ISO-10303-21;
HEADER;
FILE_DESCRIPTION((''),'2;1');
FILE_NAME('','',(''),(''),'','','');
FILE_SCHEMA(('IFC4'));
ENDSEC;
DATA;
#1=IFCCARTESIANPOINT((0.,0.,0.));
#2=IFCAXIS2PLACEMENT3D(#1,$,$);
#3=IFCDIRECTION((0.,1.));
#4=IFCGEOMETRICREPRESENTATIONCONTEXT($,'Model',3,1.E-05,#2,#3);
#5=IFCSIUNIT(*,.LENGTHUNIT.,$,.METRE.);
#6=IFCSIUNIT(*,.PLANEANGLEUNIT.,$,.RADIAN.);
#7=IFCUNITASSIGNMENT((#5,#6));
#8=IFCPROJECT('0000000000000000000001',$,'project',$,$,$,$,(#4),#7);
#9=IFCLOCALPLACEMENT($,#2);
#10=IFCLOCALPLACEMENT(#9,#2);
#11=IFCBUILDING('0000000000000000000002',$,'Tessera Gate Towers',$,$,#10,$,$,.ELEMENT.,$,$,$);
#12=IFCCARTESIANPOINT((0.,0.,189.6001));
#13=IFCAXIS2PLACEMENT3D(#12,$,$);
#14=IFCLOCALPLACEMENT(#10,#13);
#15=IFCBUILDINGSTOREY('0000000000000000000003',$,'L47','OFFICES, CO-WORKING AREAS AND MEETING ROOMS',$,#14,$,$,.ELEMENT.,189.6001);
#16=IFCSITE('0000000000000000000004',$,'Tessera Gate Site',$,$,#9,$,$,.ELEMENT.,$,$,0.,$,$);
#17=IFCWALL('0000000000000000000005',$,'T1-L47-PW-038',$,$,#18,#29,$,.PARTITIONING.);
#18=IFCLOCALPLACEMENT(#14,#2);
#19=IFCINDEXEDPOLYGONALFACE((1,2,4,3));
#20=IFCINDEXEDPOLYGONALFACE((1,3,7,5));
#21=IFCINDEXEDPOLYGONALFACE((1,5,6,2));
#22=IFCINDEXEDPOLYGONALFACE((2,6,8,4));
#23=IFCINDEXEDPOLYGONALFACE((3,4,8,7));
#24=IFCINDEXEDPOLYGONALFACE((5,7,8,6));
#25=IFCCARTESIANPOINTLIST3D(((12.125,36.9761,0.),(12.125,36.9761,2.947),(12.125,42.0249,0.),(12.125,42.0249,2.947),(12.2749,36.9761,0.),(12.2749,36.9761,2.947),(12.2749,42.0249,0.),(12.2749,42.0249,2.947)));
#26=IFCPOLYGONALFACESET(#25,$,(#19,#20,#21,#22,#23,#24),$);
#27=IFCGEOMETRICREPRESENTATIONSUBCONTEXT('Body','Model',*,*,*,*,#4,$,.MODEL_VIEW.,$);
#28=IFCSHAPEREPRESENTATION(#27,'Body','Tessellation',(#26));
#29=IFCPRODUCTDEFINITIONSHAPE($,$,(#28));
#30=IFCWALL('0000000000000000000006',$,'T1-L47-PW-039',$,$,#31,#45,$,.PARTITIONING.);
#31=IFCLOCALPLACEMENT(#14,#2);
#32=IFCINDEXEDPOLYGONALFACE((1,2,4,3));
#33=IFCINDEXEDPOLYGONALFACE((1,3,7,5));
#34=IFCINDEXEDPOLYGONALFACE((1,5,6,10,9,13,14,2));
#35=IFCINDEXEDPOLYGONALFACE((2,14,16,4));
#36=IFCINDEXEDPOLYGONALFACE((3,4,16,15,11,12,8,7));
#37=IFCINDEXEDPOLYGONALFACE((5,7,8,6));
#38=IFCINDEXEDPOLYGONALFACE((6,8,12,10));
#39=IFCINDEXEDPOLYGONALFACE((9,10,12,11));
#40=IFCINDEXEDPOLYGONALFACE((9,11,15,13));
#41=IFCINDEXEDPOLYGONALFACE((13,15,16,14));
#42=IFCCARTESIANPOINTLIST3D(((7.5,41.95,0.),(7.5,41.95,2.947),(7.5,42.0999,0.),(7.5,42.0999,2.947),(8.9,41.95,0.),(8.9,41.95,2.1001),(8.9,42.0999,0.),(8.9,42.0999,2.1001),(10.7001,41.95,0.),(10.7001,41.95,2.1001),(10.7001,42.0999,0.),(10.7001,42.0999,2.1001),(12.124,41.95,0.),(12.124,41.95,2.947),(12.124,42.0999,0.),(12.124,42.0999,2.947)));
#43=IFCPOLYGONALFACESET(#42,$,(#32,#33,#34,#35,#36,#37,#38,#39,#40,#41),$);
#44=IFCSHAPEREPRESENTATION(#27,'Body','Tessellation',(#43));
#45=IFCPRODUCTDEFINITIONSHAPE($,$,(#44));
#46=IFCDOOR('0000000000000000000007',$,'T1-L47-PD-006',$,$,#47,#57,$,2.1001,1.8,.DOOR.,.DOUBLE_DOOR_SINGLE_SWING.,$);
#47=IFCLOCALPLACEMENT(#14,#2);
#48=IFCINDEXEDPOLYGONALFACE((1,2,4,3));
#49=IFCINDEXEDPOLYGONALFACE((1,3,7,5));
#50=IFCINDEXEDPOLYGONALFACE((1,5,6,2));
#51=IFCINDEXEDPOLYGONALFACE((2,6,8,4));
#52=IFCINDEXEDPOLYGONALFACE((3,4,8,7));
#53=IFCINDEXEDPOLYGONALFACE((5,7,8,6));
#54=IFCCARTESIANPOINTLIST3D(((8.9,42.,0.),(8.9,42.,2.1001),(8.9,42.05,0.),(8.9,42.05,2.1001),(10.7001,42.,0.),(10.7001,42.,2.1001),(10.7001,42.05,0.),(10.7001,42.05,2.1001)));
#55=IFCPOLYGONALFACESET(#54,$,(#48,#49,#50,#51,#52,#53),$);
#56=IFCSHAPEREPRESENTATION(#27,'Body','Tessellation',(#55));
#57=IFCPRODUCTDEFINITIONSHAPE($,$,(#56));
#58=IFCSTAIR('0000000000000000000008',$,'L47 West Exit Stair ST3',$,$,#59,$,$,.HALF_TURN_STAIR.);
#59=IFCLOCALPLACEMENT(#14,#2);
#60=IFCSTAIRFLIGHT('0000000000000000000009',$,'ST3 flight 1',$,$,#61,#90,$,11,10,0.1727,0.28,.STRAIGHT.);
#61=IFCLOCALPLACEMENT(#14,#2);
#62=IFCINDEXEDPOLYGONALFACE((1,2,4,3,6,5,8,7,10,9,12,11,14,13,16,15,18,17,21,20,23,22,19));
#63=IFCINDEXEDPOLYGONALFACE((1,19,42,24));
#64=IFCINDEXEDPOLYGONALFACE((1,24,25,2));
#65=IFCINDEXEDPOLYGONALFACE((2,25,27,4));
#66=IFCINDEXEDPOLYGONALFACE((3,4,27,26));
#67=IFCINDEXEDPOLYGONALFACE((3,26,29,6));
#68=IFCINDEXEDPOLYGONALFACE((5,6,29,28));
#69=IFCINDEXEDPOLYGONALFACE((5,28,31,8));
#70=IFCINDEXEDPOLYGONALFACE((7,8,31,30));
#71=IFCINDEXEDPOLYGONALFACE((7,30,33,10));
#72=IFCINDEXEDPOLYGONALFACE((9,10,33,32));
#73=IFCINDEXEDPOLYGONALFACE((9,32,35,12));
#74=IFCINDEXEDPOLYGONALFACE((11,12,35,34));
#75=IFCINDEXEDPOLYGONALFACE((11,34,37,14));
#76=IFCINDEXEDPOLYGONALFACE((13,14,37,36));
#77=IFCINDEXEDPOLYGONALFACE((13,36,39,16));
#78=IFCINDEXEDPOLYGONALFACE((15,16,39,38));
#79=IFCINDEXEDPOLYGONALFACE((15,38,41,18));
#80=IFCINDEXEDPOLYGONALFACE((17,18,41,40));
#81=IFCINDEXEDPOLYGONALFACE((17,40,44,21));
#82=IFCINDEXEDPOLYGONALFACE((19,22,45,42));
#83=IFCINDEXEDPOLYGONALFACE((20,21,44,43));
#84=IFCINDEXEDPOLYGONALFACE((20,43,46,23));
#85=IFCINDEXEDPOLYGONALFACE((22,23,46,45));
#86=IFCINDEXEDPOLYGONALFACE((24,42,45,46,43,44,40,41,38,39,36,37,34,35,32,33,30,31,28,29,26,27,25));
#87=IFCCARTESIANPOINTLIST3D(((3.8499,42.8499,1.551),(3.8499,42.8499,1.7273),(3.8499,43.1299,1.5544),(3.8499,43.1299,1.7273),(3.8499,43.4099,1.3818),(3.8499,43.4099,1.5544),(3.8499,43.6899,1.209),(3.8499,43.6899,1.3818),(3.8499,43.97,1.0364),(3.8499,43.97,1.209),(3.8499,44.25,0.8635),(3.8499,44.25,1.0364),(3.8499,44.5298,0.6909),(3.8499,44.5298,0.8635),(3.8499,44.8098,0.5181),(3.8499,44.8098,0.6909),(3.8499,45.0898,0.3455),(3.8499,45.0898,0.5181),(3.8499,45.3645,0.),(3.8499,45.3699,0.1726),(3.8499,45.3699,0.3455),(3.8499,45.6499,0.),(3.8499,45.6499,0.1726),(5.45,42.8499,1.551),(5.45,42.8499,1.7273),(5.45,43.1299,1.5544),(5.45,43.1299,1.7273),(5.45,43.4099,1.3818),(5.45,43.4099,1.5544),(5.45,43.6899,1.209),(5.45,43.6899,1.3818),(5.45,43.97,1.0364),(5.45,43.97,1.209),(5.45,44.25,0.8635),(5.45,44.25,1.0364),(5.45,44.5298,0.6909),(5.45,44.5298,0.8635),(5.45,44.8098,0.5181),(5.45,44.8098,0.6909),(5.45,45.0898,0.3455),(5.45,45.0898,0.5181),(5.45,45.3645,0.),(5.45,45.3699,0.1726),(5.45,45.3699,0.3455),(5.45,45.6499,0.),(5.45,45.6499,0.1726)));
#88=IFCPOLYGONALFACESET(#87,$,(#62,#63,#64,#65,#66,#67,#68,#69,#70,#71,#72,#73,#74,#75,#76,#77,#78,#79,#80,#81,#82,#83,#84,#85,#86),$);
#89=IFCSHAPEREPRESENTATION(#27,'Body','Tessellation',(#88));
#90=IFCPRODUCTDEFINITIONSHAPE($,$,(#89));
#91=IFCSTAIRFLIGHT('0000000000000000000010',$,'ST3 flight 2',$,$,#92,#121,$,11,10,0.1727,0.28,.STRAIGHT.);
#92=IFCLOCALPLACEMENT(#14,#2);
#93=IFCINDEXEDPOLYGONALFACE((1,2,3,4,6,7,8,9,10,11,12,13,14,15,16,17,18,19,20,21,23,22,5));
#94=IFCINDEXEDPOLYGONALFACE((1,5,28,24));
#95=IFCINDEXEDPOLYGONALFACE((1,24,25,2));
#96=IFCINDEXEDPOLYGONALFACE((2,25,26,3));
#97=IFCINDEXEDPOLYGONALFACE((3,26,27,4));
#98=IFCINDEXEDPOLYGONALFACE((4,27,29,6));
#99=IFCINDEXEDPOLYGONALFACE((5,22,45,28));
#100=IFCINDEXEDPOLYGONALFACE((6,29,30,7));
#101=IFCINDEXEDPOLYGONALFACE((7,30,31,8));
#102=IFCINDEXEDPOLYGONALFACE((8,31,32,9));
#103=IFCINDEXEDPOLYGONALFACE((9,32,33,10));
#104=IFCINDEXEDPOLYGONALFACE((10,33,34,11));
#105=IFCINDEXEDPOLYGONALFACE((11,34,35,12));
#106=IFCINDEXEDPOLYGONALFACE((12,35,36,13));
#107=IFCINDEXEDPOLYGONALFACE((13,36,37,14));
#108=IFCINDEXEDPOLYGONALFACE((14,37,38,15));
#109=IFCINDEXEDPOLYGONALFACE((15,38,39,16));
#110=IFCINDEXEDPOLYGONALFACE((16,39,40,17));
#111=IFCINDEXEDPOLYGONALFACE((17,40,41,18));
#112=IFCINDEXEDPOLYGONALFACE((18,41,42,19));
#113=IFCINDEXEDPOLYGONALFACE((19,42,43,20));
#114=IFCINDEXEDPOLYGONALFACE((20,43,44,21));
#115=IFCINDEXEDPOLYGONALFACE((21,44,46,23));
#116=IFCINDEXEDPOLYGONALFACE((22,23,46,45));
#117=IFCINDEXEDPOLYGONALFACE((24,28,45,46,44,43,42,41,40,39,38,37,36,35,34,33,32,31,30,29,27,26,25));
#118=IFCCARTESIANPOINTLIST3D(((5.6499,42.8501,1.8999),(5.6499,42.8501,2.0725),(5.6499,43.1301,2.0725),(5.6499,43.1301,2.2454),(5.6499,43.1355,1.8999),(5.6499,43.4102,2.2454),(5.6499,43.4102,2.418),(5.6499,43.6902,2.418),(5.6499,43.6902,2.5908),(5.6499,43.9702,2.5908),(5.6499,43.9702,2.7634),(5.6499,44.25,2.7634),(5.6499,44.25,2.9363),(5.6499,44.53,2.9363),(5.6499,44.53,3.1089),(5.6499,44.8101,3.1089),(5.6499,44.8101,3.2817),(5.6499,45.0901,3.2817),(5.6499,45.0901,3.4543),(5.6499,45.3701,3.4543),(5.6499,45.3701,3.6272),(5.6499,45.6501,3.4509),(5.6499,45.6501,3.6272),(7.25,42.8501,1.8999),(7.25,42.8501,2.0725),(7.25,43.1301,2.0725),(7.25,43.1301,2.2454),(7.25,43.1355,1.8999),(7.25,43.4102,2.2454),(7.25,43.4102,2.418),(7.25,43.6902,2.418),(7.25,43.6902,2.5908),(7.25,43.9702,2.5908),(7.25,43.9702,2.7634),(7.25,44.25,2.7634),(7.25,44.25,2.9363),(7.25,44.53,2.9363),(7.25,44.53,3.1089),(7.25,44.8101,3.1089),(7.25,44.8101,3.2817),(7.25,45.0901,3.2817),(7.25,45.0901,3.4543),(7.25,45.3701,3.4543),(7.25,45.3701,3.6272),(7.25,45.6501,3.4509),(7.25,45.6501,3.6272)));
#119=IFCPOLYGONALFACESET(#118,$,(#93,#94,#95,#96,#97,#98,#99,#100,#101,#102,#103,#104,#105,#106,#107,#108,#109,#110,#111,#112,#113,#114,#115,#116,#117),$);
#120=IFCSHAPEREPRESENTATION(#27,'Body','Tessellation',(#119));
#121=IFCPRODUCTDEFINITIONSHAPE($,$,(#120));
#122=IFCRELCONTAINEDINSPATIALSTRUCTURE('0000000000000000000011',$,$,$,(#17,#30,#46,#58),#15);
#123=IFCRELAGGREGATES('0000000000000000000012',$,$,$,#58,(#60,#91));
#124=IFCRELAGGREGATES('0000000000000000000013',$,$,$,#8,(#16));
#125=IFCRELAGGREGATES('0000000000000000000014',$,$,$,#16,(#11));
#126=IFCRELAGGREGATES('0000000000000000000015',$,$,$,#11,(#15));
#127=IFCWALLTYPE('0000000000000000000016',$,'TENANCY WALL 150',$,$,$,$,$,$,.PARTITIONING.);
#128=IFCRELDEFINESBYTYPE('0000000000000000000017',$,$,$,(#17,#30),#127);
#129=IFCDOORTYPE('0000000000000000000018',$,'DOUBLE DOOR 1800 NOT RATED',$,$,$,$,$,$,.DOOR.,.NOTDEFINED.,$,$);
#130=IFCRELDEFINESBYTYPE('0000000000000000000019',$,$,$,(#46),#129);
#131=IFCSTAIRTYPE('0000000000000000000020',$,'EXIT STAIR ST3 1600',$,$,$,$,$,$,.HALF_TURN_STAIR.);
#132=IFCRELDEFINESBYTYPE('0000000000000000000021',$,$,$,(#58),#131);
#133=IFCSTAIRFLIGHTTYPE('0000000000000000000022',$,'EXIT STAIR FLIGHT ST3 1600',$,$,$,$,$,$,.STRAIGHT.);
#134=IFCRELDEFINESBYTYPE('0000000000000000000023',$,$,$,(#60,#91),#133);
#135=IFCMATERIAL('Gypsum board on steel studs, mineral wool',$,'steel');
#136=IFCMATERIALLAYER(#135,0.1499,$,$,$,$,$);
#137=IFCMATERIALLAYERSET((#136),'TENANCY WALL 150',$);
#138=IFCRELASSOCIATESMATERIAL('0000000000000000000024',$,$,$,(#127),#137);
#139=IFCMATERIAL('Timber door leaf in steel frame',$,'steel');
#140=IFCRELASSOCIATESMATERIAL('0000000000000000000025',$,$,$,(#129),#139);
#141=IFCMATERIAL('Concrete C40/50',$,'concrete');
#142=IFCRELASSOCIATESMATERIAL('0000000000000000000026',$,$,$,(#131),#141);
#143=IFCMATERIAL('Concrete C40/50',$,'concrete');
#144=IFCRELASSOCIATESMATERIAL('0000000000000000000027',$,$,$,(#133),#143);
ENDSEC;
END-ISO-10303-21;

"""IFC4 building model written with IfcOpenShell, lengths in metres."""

from ifc_helpers import new_model, si_unit, direction, frame, frame_2d, origin, place, context, subcontext, project, spatial, polyline, rectangle, outline, extrude, source, transform, mapped, material, layer, layer_set, type_object, element, fill, aggregate, save


model = new_model("IFC4")

# Units and contexts
model_context = context("Model", 3, precision=1e-05, world=origin(), true_north=direction((0.0, 1.0)))
body_context = subcontext(model_context, "Body", "Model", "MODEL_VIEW")
ifc_project = project(units=[si_unit("LENGTHUNIT", "METRE"), si_unit("PLANEANGLEUNIT", "RADIAN")], contexts=[model_context])

# Site, building, storey
site_placement = place(None, origin())
site = spatial("IfcSite", under=ifc_project, at=site_placement, Name="Tessera Gate Site", CompositionType="ELEMENT", RefElevation=0.0)
building_placement = place(site_placement, origin())
building = spatial("IfcBuilding", under=site, at=building_placement, Name="Tessera Gate Towers", CompositionType="ELEMENT")
storey_placement = place(building_placement, frame((0.0, 0.0, 189.6001)))
storey = spatial("IfcBuildingStorey", under=building, at=storey_placement, Name="L47", Description="OFFICES, CO-WORKING AREAS AND MEETING ROOMS", CompositionType="ELEMENT", Elevation=189.6001)

# Wall
ifc_material_1 = material(Name="Gypsum board on steel studs, mineral wool", Category="steel")
ifc_layer_1 = layer(ifc_material_1, 0.1499)
ifc_layer_set_1 = layer_set([ifc_layer_1], Name="TENANCY WALL 150")
wall_type_1 = type_object("IfcWallType", Name="TENANCY WALL 150", PredefinedType="PARTITIONING", material=ifc_layer_set_1)
wall_1_placement = place(storey_placement, frame((12.2, 36.9761, 0.0), z_axis=(0.0, 0.0, 1.0), x_axis=(0.0, 1.0, 0.0)))
element("IfcWall", 1, at=wall_1_placement, inside=storey, type_object=wall_type_1, Name="T1-L47-PW-038", PredefinedType="PARTITIONING", context=body_context, shape_type="SweptSolid", body=[
    extrude(rectangle(XDim=5.0488, YDim=0.1499, at=frame_2d((2.5244, 0.0))), origin(), (0.0, 0.0, 1.0), 2.947),
])

# Wall, opening, door
wall_2_placement = place(storey_placement, frame((12.124, 42.0249, 0.0), z_axis=(0.0, 0.0, 1.0), x_axis=(-1.0, 0.0, 0.0)))
wall_2 = element("IfcWall", 2, at=wall_2_placement, inside=storey, type_object=wall_type_1, Name="T1-L47-PW-039", PredefinedType="PARTITIONING", context=body_context, shape_type="SweptSolid", body=[
    extrude(rectangle(XDim=4.624, YDim=0.1499, at=frame_2d((2.312, 0.0))), origin(), (0.0, 0.0, 1.0), 2.947),
])
shared_shape_1 = source(origin(), body_context, "Body", "SweptSolid", [
    extrude(rectangle(XDim=1.8, YDim=2.1001, at=frame_2d((0.8999, 1.05))), frame((0.0, 0.085, 0.0), z_axis=(0.0, -1.0, 0.0), x_axis=(1.0, 0.0, 0.0)), (0.0, 0.0, 1.0), 0.1699),
])
opening_placement = place(wall_2_placement, frame((1.4241, 0.0, 0.0)))
opening = element("IfcOpeningElement", 3, at=opening_placement, cuts=wall_2, PredefinedType="OPENING", context=body_context, shape_type="MappedRepresentation", body=[
    mapped(shared_shape_1, transform((0.0, 0.0, 0.0), scale=1.0)),
])
ifc_material_2 = material(Name="Timber door leaf in steel frame", Category="steel")
door_type = type_object("IfcDoorType", Name="DOUBLE DOOR 1800 NOT RATED", OperationType="NOTDEFINED", PredefinedType="DOOR", material=ifc_material_2)
shared_shape_2 = source(origin(), body_context, "Body", "SweptSolid", [
    extrude(rectangle(XDim=1.8, YDim=2.1001, at=frame_2d((0.8999, 1.05))), frame((0.0, 0.0249, 0.0), z_axis=(0.0, -1.0, 0.0), x_axis=(1.0, 0.0, 0.0)), (0.0, 0.0, 1.0), 0.05),
])
door_placement = place(opening_placement, origin())
door = element("IfcDoor", 4, at=door_placement, inside=storey, type_object=door_type, Name="T1-L47-PD-006", OperationType="DOUBLE_DOOR_SINGLE_SWING", OverallHeight=2.1001, OverallWidth=1.8, PredefinedType="DOOR", context=body_context, shape_type="MappedRepresentation", body=[
    mapped(shared_shape_2, transform((0.0, 0.0, 0.0), scale=1.0)),
])
fill(opening, door)

# Stair, stair flights
ifc_material_3 = material(Name="Concrete C40/50", Category="concrete")
stair_type = type_object("IfcStairType", Name="EXIT STAIR ST3 1600", PredefinedType="HALF_TURN_STAIR", material=ifc_material_3)
stair_placement = place(storey_placement, origin())
stair = element("IfcStair", 5, at=stair_placement, inside=storey, type_object=stair_type, Name="L47 West Exit Stair ST3", PredefinedType="HALF_TURN_STAIR")
ifc_material_4 = material(Name="Concrete C40/50", Category="concrete")
stair_flight_type = type_object("IfcStairFlightType", Name="EXIT STAIR FLIGHT ST3 1600", PredefinedType="STRAIGHT", material=ifc_material_4)
stair_flight_1_placement = place(storey_placement, frame((4.6499, 45.6499, 0.0), z_axis=(0.0, 0.0, 1.0), x_axis=(0.0, -1.0, 0.0)))
stair_flight_1 = element("IfcStairFlight", 6, at=stair_flight_1_placement, type_object=stair_flight_type, Name="ST3 flight 1", NumberOfRisers=11, NumberOfTreads=10, PredefinedType="STRAIGHT", RiserHeight=0.1727, TreadLength=0.28, context=body_context, shape_type="SweptSolid", body=[
    extrude(outline(polyline([(0.0, 0.0), (0.0, 0.1726), (0.28, 0.1726), (0.28, 0.3455), (0.5601, 0.3455), (0.5601, 0.5181), (0.8401, 0.5181), (0.8401, 0.6909), (1.1201, 0.6909), (1.1201, 0.8635), (1.3999, 0.8635), (1.3999, 1.0364), (1.6799, 1.0364), (1.6799, 1.209), (1.96, 1.209), (1.96, 1.3818), (2.24, 1.3818), (2.24, 1.5544), (2.52, 1.5544), (2.52, 1.7273), (2.8, 1.7273), (2.8, 1.8999), (2.8, 1.551), (0.2854, 0.0), (0.0, 0.0)])), frame((0.0, 0.8, 0.0), z_axis=(0.0, -1.0, 0.0), x_axis=(1.0, 0.0, 0.0)), (0.0, 0.0, 1.0), 1.6001),
])
stair_flight_2_placement = place(storey_placement, frame((6.45, 42.8501, 1.8999), z_axis=(0.0, 0.0, 1.0), x_axis=(0.0, 1.0, 0.0)))
stair_flight_2 = element("IfcStairFlight", 7, at=stair_flight_2_placement, type_object=stair_flight_type, Name="ST3 flight 2", NumberOfRisers=11, NumberOfTreads=10, PredefinedType="STRAIGHT", RiserHeight=0.1727, TreadLength=0.28, context=body_context, shape_type="SweptSolid", body=[
    extrude(outline(polyline([(0.0, 0.0), (0.0, 0.1726), (0.28, 0.1726), (0.28, 0.3455), (0.5601, 0.3455), (0.5601, 0.5181), (0.8401, 0.5181), (0.8401, 0.6909), (1.1201, 0.6909), (1.1201, 0.8635), (1.3999, 0.8635), (1.3999, 1.0364), (1.6799, 1.0364), (1.6799, 1.209), (1.96, 1.209), (1.96, 1.3818), (2.24, 1.3818), (2.24, 1.5544), (2.52, 1.5544), (2.52, 1.7273), (2.8, 1.7273), (2.8, 1.8999), (2.8, 1.551), (0.2854, 0.0), (0.0, 0.0)])), frame((0.0, 0.8, 0.0), z_axis=(0.0, -1.0, 0.0), x_axis=(1.0, 0.0, 0.0)), (0.0, 0.0, 1.0), 1.6001),
])
aggregate(stair, [stair_flight_1, stair_flight_2])

save(model, "model.ifc")
